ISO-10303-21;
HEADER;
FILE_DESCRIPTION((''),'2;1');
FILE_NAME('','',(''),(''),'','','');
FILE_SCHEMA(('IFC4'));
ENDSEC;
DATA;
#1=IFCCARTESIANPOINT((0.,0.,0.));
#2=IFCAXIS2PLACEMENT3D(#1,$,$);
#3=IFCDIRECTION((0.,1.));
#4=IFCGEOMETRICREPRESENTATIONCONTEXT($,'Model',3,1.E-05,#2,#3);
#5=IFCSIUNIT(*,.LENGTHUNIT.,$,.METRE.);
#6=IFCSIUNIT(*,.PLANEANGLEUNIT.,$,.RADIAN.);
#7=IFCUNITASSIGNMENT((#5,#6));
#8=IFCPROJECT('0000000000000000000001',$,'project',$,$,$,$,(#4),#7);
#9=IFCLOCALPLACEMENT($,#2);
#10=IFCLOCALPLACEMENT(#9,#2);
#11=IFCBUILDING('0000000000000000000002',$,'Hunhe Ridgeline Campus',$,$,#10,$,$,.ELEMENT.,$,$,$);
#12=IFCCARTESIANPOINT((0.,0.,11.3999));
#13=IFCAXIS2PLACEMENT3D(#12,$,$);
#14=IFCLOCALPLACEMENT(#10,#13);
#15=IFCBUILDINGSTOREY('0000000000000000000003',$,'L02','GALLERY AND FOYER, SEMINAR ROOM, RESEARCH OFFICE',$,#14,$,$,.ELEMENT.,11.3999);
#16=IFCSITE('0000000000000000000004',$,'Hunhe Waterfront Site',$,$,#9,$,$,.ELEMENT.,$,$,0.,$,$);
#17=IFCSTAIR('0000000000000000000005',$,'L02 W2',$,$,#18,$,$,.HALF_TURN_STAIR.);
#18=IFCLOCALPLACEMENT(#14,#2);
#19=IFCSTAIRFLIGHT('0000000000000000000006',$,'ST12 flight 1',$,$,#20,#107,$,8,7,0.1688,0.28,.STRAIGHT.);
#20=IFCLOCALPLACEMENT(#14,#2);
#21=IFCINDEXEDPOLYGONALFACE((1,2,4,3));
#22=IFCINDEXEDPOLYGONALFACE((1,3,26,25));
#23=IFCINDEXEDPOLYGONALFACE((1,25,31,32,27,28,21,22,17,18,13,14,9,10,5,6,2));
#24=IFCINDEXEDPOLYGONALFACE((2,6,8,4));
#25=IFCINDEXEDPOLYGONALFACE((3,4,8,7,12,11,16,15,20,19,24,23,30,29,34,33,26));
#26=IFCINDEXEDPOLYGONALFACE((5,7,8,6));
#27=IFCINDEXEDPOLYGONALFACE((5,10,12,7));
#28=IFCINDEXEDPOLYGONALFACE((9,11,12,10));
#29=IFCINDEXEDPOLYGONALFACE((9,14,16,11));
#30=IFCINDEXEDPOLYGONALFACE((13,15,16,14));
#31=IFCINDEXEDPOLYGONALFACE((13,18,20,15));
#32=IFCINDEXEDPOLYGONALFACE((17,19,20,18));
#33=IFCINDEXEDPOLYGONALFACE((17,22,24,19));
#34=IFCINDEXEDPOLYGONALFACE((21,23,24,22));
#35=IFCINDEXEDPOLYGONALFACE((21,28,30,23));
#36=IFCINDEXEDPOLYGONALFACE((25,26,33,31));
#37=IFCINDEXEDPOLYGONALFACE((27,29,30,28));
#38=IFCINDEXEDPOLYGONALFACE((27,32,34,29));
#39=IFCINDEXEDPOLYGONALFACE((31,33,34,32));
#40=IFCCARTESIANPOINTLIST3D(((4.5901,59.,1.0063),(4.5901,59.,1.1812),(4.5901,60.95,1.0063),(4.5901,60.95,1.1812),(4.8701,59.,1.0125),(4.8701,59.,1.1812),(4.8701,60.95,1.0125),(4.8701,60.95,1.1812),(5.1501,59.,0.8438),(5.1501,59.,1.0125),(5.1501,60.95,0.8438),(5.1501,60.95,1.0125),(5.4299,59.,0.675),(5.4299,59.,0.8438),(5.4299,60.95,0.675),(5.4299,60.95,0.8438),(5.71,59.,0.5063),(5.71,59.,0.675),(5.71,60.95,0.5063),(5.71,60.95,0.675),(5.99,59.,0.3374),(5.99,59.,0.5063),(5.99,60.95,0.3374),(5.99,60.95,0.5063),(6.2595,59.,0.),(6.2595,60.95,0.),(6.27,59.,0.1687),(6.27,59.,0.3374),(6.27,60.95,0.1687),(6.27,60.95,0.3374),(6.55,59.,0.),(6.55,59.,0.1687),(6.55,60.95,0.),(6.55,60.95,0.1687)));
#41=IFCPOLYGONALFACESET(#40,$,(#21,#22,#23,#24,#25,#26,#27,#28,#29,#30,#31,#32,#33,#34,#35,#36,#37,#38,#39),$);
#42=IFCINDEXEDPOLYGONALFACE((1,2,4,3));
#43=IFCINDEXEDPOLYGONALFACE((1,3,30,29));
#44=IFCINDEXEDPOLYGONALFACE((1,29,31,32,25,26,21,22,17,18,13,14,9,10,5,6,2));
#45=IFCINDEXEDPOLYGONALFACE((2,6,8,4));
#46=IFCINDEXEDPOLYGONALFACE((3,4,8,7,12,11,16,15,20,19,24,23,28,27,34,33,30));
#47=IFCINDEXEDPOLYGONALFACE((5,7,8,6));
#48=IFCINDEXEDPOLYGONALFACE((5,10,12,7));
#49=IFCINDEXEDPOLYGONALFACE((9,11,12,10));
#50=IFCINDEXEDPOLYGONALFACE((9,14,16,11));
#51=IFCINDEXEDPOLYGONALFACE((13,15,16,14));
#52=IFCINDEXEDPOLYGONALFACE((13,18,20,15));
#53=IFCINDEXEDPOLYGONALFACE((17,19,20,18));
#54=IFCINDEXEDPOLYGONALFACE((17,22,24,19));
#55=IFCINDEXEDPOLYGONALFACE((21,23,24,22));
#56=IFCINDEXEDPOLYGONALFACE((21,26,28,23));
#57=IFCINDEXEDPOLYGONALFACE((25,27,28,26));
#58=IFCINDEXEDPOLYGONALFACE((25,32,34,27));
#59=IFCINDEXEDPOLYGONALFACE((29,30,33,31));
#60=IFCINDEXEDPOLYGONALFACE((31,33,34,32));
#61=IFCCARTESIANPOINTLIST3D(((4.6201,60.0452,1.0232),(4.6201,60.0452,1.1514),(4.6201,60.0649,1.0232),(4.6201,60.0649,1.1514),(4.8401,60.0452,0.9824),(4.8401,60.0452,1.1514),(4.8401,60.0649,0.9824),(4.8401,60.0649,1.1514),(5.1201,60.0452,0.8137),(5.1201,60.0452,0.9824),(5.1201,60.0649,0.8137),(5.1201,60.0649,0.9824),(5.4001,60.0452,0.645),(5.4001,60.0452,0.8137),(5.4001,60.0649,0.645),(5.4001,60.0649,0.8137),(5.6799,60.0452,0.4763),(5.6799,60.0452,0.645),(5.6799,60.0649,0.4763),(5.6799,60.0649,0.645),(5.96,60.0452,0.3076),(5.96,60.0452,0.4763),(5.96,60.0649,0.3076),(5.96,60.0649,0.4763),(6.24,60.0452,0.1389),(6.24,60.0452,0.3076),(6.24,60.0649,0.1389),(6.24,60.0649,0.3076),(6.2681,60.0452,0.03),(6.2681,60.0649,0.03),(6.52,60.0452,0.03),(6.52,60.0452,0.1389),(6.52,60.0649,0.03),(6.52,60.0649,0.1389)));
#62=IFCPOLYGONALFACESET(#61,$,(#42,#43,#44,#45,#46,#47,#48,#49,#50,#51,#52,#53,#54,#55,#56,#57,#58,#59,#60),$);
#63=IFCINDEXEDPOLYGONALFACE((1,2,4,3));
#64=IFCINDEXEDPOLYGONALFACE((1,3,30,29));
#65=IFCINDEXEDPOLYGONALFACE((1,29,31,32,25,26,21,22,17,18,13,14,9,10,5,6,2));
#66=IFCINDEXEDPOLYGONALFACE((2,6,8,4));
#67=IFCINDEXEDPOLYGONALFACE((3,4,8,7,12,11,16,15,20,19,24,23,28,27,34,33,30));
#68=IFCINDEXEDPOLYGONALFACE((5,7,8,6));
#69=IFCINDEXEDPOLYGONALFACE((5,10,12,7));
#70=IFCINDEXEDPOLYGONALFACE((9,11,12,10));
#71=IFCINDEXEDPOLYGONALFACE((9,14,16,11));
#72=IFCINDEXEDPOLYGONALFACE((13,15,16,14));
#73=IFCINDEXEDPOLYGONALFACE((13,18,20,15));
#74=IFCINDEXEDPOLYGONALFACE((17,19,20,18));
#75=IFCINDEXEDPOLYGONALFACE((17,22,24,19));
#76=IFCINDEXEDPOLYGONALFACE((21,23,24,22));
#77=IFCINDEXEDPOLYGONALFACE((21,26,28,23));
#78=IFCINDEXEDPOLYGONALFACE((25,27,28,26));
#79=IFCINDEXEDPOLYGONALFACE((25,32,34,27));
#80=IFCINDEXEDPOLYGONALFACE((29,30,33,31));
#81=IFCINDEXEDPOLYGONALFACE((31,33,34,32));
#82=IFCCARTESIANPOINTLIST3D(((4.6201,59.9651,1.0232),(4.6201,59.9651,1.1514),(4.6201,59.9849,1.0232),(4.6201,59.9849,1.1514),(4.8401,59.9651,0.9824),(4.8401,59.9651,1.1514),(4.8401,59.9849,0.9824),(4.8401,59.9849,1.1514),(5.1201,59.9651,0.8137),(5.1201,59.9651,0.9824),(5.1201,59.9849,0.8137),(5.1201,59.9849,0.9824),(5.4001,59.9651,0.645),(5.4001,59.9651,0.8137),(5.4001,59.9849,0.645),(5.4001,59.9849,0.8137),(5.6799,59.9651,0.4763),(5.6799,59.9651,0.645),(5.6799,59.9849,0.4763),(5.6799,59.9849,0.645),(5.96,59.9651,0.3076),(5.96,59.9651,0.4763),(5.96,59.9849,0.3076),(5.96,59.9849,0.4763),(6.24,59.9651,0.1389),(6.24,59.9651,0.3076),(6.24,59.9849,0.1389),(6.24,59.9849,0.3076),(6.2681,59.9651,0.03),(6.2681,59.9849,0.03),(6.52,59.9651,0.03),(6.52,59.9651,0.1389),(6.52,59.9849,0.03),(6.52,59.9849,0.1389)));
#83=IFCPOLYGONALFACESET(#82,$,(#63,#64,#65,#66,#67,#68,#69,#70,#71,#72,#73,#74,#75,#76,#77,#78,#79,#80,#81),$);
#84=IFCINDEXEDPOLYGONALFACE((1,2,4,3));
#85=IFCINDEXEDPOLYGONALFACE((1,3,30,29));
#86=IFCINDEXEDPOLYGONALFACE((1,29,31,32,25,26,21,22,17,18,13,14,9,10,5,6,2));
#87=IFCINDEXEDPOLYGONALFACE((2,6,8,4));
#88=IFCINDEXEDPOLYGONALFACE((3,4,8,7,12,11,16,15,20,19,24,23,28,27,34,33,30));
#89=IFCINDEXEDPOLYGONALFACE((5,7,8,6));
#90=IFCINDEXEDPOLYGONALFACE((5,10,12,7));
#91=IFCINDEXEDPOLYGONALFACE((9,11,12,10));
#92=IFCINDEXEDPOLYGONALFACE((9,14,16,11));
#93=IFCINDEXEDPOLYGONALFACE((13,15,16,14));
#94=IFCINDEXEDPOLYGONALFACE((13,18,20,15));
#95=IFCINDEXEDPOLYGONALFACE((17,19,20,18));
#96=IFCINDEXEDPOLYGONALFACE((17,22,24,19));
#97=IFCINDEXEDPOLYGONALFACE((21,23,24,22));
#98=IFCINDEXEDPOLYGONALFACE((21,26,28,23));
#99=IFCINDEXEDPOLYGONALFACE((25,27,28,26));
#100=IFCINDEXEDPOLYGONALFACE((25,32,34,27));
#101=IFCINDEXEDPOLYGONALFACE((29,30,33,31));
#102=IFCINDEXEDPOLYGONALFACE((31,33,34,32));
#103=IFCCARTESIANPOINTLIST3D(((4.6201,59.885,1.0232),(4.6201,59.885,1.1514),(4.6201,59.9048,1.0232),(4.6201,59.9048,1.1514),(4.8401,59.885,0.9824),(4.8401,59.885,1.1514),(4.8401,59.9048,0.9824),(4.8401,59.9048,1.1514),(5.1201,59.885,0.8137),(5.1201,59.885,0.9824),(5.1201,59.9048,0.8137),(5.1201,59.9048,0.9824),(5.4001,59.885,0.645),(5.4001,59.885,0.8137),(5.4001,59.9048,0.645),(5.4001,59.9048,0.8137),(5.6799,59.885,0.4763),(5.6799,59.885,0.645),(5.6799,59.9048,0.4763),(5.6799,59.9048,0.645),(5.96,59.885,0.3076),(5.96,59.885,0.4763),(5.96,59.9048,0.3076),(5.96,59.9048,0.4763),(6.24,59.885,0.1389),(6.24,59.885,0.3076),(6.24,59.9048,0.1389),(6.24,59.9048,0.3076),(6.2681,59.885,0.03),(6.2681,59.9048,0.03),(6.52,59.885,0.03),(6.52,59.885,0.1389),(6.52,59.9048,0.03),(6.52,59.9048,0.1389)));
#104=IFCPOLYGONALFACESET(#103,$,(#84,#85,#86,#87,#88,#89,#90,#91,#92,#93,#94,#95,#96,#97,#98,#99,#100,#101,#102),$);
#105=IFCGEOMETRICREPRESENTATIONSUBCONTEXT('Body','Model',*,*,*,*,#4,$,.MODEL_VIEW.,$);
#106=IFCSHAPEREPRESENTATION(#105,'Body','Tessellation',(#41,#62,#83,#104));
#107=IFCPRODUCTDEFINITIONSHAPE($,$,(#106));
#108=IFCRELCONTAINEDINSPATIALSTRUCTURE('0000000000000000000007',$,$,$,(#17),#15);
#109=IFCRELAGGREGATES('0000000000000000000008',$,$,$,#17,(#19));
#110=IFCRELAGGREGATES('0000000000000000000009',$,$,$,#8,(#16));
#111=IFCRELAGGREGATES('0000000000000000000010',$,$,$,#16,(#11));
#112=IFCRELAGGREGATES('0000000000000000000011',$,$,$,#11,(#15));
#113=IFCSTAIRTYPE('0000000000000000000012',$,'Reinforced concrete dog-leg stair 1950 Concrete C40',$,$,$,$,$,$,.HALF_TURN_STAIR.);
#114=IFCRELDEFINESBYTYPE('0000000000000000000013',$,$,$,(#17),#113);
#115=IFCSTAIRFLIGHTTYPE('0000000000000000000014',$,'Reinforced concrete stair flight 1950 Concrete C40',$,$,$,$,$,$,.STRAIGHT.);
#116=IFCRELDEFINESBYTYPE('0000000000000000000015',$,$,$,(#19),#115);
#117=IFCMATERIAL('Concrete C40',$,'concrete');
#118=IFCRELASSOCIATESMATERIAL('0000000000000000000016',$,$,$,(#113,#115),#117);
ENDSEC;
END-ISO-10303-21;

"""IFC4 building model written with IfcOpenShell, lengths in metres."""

from ifc_helpers import new_model, si_unit, direction, frame, origin, place, context, subcontext, project, spatial, polyline, outline, extrude, material, type_object, element, aggregate, save


model = new_model("IFC4")

# Units and contexts
model_context = context("Model", 3, precision=1e-05, world=origin(), true_north=direction((0.0, 1.0)))
body_context = subcontext(model_context, "Body", "Model", "MODEL_VIEW")
ifc_project = project(units=[si_unit("LENGTHUNIT", "METRE"), si_unit("PLANEANGLEUNIT", "RADIAN")], contexts=[model_context])

# Site, building, storey
site_placement = place(None, origin())
site = spatial("IfcSite", under=ifc_project, at=site_placement, Name="Hunhe Waterfront Site", CompositionType="ELEMENT", RefElevation=0.0)
building_placement = place(site_placement, origin())
building = spatial("IfcBuilding", under=site, at=building_placement, Name="Hunhe Ridgeline Campus", CompositionType="ELEMENT")
storey_placement = place(building_placement, frame((0.0, 0.0, 11.3999)))
storey = spatial("IfcBuildingStorey", under=building, at=storey_placement, Name="L02", Description="GALLERY AND FOYER, SEMINAR ROOM, RESEARCH OFFICE", CompositionType="ELEMENT", Elevation=11.3999)

# Stair, stair flight
ifc_material_1 = material(Name="Concrete C40", Category="concrete")
stair_type = type_object("IfcStairType", Name="Reinforced concrete dog-leg stair 1950 Concrete C40", PredefinedType="HALF_TURN_STAIR", material=ifc_material_1)
stair_flight_type = type_object("IfcStairFlightType", Name="Reinforced concrete stair flight 1950 Concrete C40", PredefinedType="STRAIGHT", material=ifc_material_1)
stair_1_placement = place(storey_placement, origin())
stair_1 = element("IfcStair", 1, at=stair_1_placement, inside=storey, type_object=stair_type, Name="L02 W2", PredefinedType="HALF_TURN_STAIR")
stair_flight_1_placement = place(storey_placement, frame((6.55, 59.9751, 0.0), z_axis=(0.0, 0.0, 1.0), x_axis=(-1.0, 0.0, 0.0)))
stair_flight_1 = element("IfcStairFlight", 2, at=stair_flight_1_placement, type_object=stair_flight_type, Name="ST12 flight 1", NumberOfRisers=8, NumberOfTreads=7, PredefinedType="STRAIGHT", RiserHeight=0.1688, TreadLength=0.28, context=body_context, shape_type="SweptSolid", body=[
    extrude(outline(polyline([(0.0, 0.0), (0.0, 0.1687), (0.28, 0.1687), (0.28, 0.3374), (0.5601, 0.3374), (0.5601, 0.5063), (0.8401, 0.5063), (0.8401, 0.675), (1.1201, 0.675), (1.1201, 0.8438), (1.3999, 0.8438), (1.3999, 1.0125), (1.6799, 1.0125), (1.6799, 1.1812), (1.96, 1.1812), (1.96, 1.3501), (1.96, 1.0063), (0.2905, 0.0), (0.0, 0.0)])), frame((0.0, 0.9751, 0.0), z_axis=(0.0, -1.0, 0.0), x_axis=(1.0, 0.0, 0.0)), (0.0, 0.0, 1.0), 1.95),
    extrude(outline(polyline([(0.03, 0.03), (0.03, 0.1389), (0.3101, 0.1389), (0.3101, 0.3076), (0.5901, 0.3076), (0.5901, 0.4763), (0.8701, 0.4763), (0.8701, 0.645), (1.1499, 0.645), (1.1499, 0.8137), (1.4299, 0.8137), (1.4299, 0.9824), (1.71, 0.9824), (1.71, 1.1514), (1.9299, 1.1514), (1.9299, 1.0232), (0.282, 0.03), (0.03, 0.03)])), frame((0.0, -0.0701, 0.0), z_axis=(0.0, -1.0, 0.0), x_axis=(1.0, 0.0, 0.0)), (0.0, 0.0, 1.0), 0.0198),
    extrude(outline(polyline([(0.03, 0.03), (0.03, 0.1389), (0.3101, 0.1389), (0.3101, 0.3076), (0.5901, 0.3076), (0.5901, 0.4763), (0.8701, 0.4763), (0.8701, 0.645), (1.1499, 0.645), (1.1499, 0.8137), (1.4299, 0.8137), (1.4299, 0.9824), (1.71, 0.9824), (1.71, 1.1514), (1.9299, 1.1514), (1.9299, 1.0232), (0.282, 0.03), (0.03, 0.03)])), frame((0.0, 0.01, 0.0), z_axis=(0.0, -1.0, 0.0), x_axis=(1.0, 0.0, 0.0)), (0.0, 0.0, 1.0), 0.0198),
    extrude(outline(polyline([(0.03, 0.03), (0.03, 0.1389), (0.3101, 0.1389), (0.3101, 0.3076), (0.5901, 0.3076), (0.5901, 0.4763), (0.8701, 0.4763), (0.8701, 0.645), (1.1499, 0.645), (1.1499, 0.8137), (1.4299, 0.8137), (1.4299, 0.9824), (1.71, 0.9824), (1.71, 1.1514), (1.9299, 1.1514), (1.9299, 1.0232), (0.282, 0.03), (0.03, 0.03)])), frame((0.0, 0.0901, 0.0), z_axis=(0.0, -1.0, 0.0), x_axis=(1.0, 0.0, 0.0)), (0.0, 0.0, 1.0), 0.0198),
])
aggregate(stair_1, [stair_flight_1])

save(model, "model.ifc")
